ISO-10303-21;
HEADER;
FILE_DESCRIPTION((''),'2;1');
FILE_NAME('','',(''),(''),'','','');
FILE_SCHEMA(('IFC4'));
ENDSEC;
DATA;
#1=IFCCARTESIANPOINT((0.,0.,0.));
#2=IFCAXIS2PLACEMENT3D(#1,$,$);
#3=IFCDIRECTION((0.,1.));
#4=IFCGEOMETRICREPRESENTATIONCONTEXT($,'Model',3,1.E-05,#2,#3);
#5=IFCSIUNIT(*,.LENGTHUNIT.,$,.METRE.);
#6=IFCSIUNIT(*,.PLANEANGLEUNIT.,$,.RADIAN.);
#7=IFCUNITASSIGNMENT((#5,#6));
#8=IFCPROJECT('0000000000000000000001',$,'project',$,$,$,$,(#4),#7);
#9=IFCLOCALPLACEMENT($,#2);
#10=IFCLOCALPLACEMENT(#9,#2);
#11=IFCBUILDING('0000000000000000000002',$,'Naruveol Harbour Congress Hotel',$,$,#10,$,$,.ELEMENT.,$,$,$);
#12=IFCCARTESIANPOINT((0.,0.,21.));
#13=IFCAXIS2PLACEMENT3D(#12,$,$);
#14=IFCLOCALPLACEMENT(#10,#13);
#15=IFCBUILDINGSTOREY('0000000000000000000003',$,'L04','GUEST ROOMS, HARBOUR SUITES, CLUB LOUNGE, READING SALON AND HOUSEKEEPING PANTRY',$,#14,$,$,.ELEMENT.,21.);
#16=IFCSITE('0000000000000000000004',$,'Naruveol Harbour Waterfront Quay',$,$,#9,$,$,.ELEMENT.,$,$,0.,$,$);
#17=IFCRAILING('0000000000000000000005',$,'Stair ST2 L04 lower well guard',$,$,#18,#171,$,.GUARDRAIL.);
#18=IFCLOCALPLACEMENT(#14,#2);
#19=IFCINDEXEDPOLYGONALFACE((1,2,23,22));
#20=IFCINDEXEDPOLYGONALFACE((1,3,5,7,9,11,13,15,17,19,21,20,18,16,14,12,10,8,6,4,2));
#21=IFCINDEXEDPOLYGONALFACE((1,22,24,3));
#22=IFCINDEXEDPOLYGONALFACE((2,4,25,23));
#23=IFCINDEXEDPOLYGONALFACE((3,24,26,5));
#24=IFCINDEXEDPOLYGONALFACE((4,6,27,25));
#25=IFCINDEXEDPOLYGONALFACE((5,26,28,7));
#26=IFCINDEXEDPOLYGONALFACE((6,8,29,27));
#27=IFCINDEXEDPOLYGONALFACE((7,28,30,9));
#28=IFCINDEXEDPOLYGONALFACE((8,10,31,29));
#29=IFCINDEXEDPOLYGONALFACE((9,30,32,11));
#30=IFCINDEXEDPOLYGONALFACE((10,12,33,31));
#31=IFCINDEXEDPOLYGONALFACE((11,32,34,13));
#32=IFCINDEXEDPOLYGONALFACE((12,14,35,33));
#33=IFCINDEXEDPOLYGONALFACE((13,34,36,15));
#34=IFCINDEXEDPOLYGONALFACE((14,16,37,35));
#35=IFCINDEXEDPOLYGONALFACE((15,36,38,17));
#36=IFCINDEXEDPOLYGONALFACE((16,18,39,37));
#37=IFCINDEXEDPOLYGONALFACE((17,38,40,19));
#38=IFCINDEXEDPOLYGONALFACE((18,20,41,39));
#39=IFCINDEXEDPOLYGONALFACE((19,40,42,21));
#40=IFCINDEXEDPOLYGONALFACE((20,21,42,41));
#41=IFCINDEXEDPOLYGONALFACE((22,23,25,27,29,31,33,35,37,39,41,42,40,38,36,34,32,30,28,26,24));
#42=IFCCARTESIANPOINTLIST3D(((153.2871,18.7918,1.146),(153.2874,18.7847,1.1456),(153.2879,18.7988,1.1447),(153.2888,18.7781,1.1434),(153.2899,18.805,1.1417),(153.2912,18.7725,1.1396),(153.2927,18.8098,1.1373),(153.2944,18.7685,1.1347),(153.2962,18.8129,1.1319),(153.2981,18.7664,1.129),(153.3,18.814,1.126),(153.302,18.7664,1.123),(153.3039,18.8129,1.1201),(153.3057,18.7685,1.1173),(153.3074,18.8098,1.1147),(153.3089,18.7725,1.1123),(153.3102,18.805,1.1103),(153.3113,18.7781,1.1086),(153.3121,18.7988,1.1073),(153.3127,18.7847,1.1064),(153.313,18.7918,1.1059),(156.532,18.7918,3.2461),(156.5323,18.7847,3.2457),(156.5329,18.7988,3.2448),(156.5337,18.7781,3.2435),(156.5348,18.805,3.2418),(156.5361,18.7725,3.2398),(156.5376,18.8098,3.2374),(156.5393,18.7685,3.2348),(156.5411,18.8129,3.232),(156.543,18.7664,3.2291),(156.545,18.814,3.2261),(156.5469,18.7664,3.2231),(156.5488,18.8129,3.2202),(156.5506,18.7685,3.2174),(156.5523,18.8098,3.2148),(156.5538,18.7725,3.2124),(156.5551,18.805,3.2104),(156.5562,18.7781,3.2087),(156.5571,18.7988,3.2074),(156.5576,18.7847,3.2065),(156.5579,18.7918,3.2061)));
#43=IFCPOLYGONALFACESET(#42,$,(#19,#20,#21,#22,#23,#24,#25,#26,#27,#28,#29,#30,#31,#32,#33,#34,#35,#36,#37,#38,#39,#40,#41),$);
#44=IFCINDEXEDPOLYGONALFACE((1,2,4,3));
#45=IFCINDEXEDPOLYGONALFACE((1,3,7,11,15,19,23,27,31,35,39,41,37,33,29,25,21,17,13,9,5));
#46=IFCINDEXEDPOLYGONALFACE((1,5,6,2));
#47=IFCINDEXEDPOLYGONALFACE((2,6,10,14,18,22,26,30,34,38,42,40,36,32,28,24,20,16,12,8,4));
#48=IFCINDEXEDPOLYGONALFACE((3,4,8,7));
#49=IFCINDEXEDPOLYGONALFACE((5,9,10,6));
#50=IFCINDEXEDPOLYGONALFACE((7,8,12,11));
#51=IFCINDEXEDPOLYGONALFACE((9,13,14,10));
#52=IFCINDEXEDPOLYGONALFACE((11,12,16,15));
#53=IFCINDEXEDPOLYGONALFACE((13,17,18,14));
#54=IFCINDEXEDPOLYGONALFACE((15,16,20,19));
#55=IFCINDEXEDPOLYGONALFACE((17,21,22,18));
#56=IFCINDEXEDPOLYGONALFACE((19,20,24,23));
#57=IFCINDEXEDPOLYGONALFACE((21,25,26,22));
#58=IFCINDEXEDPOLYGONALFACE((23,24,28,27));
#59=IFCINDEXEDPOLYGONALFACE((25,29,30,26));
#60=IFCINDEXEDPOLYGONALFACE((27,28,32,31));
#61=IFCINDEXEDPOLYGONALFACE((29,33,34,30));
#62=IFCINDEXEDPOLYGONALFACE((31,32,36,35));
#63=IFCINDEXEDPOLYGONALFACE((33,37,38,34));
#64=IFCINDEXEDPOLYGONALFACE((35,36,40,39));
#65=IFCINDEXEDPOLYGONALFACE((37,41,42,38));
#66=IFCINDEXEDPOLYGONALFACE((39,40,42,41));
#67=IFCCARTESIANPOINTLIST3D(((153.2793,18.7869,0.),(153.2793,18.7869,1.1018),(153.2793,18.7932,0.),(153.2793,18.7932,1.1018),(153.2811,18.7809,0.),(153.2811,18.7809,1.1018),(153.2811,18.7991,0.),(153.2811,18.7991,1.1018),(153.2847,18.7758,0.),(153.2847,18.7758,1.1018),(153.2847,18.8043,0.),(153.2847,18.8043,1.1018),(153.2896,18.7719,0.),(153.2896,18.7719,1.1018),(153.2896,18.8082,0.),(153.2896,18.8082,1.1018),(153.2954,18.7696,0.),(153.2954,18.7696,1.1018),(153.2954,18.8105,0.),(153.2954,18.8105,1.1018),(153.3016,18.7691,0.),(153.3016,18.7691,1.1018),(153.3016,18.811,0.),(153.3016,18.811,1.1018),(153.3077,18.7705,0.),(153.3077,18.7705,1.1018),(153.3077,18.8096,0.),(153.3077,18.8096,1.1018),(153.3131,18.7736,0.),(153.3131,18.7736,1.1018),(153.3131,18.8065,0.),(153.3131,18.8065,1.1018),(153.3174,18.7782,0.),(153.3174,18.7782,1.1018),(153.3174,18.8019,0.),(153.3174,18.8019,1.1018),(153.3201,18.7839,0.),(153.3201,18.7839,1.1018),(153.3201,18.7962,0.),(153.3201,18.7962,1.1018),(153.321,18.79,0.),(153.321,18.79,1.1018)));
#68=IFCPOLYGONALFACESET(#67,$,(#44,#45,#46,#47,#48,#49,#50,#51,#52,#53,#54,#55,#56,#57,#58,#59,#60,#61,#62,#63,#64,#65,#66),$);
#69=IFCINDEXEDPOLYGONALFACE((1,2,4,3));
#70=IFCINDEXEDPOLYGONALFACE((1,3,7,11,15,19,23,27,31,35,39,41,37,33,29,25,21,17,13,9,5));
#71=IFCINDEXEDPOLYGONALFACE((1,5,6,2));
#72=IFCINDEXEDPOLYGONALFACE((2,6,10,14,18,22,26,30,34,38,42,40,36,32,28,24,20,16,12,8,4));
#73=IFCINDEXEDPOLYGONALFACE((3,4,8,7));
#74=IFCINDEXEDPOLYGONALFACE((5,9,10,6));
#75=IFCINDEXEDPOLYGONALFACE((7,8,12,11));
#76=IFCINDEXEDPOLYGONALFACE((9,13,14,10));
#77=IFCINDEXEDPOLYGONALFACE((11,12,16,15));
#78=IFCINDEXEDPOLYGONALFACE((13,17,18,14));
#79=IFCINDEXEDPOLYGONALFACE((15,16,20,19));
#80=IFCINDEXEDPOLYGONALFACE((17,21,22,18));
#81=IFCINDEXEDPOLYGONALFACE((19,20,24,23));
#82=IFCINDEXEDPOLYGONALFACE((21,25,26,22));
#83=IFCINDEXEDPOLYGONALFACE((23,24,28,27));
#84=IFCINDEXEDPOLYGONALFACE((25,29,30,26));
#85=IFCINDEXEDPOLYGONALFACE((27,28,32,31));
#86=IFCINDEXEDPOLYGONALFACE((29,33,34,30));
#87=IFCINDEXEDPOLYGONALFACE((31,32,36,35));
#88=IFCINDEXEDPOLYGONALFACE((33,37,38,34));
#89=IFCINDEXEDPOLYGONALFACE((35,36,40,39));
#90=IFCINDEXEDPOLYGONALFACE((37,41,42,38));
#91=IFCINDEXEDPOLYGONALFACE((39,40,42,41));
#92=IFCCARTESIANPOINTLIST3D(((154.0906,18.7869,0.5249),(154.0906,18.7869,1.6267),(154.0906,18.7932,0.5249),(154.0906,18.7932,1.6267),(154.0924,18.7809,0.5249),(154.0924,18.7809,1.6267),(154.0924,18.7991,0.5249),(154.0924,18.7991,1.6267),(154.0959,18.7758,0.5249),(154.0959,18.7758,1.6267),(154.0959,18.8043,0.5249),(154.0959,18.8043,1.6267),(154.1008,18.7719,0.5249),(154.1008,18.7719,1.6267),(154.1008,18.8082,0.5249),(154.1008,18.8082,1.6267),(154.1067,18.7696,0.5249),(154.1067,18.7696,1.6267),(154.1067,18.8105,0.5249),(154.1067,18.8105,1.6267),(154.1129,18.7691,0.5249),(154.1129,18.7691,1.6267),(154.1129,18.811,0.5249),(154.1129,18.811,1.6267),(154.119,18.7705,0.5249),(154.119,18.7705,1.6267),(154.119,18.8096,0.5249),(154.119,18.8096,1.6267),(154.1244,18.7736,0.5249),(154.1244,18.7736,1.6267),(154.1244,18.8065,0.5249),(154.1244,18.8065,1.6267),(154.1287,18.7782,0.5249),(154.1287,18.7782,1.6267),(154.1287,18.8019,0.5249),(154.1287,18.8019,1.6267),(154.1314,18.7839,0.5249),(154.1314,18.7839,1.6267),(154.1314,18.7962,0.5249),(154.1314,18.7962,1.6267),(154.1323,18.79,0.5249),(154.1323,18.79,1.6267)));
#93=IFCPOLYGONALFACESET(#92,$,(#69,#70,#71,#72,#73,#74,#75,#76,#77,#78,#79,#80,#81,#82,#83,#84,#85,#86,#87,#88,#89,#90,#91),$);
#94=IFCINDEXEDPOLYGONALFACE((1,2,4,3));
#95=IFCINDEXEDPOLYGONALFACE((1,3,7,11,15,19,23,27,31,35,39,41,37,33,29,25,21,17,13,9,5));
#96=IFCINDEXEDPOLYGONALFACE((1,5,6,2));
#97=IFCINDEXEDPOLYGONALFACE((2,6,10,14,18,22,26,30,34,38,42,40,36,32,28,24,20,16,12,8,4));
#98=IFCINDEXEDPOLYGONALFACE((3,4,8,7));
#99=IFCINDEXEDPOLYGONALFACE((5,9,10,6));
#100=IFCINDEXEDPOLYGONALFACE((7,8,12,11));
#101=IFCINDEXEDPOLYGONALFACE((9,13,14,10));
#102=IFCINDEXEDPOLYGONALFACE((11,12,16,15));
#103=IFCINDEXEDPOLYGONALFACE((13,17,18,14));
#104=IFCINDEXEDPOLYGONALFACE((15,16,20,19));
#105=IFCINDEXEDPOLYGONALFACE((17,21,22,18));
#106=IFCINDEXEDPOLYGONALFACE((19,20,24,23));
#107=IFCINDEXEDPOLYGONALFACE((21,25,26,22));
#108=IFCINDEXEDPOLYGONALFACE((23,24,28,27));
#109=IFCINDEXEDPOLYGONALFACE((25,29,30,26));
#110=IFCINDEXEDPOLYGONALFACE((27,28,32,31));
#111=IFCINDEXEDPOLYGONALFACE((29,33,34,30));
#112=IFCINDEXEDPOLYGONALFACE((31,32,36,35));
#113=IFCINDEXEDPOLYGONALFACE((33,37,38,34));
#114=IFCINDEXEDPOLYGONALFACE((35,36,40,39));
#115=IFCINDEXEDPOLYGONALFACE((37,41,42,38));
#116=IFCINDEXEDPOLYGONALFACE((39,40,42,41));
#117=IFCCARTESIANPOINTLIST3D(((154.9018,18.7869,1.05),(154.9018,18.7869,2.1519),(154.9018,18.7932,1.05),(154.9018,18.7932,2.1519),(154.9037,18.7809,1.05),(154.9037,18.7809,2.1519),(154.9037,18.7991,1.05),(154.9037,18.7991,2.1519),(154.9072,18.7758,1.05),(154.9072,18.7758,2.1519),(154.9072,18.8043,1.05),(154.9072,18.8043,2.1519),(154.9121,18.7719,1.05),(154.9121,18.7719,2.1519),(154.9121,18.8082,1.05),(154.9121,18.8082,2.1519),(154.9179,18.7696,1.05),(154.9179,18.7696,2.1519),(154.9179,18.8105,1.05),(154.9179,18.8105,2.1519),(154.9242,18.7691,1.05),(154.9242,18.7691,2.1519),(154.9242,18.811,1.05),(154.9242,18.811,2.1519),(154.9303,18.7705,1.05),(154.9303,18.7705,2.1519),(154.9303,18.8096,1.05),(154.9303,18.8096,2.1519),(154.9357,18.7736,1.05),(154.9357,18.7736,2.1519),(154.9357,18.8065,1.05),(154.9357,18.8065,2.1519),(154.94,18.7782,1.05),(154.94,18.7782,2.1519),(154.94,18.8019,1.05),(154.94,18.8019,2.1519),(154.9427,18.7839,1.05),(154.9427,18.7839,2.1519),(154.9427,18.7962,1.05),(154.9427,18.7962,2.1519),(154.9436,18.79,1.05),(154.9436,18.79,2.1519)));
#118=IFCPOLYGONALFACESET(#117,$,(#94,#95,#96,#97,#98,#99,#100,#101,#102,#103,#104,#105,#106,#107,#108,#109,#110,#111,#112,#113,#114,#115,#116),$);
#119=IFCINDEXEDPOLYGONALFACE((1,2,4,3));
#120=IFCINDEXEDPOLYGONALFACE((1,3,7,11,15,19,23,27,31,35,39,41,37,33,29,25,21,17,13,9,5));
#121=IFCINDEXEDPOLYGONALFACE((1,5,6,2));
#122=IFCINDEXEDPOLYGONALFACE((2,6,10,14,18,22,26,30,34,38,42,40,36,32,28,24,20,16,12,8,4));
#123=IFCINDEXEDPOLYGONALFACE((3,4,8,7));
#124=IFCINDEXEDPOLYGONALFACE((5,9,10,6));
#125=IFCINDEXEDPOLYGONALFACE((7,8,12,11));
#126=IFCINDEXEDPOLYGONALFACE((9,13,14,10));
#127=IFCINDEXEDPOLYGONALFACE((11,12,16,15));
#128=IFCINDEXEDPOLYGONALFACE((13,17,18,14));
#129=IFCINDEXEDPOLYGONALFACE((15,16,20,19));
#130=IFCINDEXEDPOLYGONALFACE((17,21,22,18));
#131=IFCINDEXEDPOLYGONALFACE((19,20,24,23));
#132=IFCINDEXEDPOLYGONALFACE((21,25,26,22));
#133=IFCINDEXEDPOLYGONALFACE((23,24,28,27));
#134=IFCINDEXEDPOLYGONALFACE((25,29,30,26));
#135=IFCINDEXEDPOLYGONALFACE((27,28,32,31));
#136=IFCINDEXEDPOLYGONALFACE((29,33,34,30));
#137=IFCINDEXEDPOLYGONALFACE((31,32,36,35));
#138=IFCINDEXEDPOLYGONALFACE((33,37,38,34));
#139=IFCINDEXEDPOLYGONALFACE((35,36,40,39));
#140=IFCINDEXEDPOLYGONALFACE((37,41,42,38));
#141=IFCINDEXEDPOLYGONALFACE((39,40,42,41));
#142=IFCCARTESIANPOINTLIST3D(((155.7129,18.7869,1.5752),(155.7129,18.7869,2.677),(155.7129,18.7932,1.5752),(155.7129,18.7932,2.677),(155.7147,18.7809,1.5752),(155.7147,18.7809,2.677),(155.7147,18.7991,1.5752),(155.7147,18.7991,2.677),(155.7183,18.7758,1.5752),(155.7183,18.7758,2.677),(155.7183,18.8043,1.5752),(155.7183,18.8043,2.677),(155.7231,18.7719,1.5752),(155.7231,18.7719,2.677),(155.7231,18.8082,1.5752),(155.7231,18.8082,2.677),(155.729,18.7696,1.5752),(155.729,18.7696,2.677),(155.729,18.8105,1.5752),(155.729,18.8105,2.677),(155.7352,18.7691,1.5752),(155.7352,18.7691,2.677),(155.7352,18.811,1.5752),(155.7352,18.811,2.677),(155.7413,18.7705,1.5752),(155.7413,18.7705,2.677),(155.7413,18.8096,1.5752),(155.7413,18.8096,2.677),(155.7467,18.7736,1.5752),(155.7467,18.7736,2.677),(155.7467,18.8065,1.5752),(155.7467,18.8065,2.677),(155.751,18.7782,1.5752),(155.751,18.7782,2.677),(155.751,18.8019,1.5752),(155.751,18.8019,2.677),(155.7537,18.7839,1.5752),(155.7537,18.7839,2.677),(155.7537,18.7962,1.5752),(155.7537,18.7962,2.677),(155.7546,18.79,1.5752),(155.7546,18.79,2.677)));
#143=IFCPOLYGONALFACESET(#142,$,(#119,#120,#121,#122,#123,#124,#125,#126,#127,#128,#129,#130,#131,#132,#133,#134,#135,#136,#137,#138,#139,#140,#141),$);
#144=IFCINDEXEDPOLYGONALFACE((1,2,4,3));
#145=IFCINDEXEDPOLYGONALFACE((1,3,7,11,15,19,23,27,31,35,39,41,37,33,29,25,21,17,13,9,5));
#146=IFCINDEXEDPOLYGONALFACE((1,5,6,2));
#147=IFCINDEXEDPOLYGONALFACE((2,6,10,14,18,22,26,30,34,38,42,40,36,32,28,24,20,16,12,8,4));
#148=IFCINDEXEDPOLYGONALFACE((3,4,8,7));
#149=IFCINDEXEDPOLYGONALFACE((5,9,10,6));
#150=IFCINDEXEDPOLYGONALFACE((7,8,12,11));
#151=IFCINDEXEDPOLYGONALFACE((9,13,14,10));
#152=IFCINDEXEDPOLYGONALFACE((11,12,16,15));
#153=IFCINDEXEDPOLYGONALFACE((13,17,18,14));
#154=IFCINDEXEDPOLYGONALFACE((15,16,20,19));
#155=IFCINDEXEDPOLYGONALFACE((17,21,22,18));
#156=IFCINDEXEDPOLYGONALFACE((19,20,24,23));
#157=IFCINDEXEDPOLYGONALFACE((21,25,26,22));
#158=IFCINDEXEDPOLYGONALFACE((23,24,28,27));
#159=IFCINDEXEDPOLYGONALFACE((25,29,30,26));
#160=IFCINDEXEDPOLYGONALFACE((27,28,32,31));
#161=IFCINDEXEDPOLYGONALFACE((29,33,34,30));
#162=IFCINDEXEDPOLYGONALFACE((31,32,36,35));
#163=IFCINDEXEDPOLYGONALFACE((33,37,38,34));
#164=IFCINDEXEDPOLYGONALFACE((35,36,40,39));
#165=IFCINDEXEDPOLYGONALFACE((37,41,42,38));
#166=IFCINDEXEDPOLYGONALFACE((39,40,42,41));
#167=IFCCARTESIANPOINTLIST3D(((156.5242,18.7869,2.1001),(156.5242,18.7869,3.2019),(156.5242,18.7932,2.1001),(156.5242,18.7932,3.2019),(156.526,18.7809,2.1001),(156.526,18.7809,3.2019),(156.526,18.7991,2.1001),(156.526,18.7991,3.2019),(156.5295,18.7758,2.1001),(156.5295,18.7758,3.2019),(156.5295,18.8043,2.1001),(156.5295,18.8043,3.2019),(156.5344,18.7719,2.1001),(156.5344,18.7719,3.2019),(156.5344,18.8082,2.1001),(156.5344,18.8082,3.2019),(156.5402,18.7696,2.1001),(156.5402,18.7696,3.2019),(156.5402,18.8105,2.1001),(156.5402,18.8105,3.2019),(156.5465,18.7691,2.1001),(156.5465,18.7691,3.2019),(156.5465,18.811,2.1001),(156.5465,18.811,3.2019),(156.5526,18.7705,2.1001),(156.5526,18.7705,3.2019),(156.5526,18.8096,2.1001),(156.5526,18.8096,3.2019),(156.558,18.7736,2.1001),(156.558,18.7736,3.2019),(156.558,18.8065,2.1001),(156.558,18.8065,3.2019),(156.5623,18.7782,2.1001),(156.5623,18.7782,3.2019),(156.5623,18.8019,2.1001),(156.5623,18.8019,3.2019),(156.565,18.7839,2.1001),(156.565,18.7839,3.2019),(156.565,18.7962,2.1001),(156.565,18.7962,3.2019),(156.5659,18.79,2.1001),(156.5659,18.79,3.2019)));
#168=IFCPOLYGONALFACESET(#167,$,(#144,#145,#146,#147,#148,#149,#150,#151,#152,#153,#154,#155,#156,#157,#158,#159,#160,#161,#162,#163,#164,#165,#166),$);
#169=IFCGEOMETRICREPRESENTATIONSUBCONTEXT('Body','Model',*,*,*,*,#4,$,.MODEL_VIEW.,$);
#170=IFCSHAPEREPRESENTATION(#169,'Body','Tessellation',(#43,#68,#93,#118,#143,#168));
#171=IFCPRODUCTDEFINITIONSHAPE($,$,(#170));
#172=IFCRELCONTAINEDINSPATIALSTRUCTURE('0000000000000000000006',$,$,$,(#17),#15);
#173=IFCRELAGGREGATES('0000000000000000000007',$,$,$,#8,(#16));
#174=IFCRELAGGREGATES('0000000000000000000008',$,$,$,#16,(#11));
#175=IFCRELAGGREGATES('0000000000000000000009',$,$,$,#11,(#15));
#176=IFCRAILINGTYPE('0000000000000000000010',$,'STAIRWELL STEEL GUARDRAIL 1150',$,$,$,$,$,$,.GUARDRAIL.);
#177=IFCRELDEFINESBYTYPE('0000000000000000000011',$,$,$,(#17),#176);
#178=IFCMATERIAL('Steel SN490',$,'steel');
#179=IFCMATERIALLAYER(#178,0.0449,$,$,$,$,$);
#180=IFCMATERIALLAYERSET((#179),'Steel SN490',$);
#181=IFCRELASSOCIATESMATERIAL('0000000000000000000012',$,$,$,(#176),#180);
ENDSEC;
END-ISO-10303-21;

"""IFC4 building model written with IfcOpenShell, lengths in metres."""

from ifc_helpers import new_model, si_unit, direction, frame, origin, origin_2d, place, context, subcontext, project, spatial, circle, extrude, material, layer, layer_set, type_object, element, save


model = new_model("IFC4")

# Units and contexts
model_context = context("Model", 3, precision=1e-05, world=origin(), true_north=direction((0.0, 1.0)))
body_context = subcontext(model_context, "Body", "Model", "MODEL_VIEW")
ifc_project = project(units=[si_unit("LENGTHUNIT", "METRE"), si_unit("PLANEANGLEUNIT", "RADIAN")], contexts=[model_context])

# Site, building, storey
site_placement = place(None, origin())
site = spatial("IfcSite", under=ifc_project, at=site_placement, Name="Naruveol Harbour Waterfront Quay", CompositionType="ELEMENT", RefElevation=0.0)
building_placement = place(site_placement, origin())
building = spatial("IfcBuilding", under=site, at=building_placement, Name="Naruveol Harbour Congress Hotel", CompositionType="ELEMENT")
storey_placement = place(building_placement, frame((0.0, 0.0, 21.0)))
storey = spatial("IfcBuildingStorey", under=building, at=storey_placement, Name="L04", Description="GUEST ROOMS, HARBOUR SUITES, CLUB LOUNGE, READING SALON AND HOUSEKEEPING PANTRY", CompositionType="ELEMENT", Elevation=21.0)

# Railing
ifc_material_1 = material(Name="Steel SN490", Category="steel")
ifc_layer_1 = layer(ifc_material_1, 0.0449)
ifc_layer_set_1 = layer_set([ifc_layer_1], Name="Steel SN490")
railing_type_1 = type_object("IfcRailingType", Name="STAIRWELL STEEL GUARDRAIL 1150", PredefinedType="GUARDRAIL", material=ifc_layer_set_1)
railing_1_placement = place(storey_placement, frame((153.3, 18.79, 0.0)))
element("IfcRailing", 1, at=railing_1_placement, inside=storey, type_object=railing_type_1, Name="Stair ST2 L04 lower well guard", PredefinedType="GUARDRAIL", context=body_context, shape_type="SweptSolid", body=[
    extrude(circle(Radius=0.0239, at=origin_2d()), frame((0.0, 0.0, 1.126), z_axis=(0.839514, 0.0, 0.543338), x_axis=(0.0, 1.0, 0.0)), (0.0, 0.0, 1.0), 3.8652),
    extrude(circle(Radius=0.021, at=origin_2d()), origin(), (0.0, 0.0, 1.0), 1.1018),
    extrude(circle(Radius=0.021, at=origin_2d()), frame((0.8113, 0.0, 0.5249)), (0.0, 0.0, 1.0), 1.1018),
    extrude(circle(Radius=0.021, at=origin_2d()), frame((1.6226, 0.0, 1.05)), (0.0, 0.0, 1.0), 1.1018),
    extrude(circle(Radius=0.021, at=origin_2d()), frame((2.4336, 0.0, 1.5752)), (0.0, 0.0, 1.0), 1.1018),
    extrude(circle(Radius=0.021, at=origin_2d()), frame((3.2449, 0.0, 2.1001)), (0.0, 0.0, 1.0), 1.1018),
])

save(model, "model.ifc")
